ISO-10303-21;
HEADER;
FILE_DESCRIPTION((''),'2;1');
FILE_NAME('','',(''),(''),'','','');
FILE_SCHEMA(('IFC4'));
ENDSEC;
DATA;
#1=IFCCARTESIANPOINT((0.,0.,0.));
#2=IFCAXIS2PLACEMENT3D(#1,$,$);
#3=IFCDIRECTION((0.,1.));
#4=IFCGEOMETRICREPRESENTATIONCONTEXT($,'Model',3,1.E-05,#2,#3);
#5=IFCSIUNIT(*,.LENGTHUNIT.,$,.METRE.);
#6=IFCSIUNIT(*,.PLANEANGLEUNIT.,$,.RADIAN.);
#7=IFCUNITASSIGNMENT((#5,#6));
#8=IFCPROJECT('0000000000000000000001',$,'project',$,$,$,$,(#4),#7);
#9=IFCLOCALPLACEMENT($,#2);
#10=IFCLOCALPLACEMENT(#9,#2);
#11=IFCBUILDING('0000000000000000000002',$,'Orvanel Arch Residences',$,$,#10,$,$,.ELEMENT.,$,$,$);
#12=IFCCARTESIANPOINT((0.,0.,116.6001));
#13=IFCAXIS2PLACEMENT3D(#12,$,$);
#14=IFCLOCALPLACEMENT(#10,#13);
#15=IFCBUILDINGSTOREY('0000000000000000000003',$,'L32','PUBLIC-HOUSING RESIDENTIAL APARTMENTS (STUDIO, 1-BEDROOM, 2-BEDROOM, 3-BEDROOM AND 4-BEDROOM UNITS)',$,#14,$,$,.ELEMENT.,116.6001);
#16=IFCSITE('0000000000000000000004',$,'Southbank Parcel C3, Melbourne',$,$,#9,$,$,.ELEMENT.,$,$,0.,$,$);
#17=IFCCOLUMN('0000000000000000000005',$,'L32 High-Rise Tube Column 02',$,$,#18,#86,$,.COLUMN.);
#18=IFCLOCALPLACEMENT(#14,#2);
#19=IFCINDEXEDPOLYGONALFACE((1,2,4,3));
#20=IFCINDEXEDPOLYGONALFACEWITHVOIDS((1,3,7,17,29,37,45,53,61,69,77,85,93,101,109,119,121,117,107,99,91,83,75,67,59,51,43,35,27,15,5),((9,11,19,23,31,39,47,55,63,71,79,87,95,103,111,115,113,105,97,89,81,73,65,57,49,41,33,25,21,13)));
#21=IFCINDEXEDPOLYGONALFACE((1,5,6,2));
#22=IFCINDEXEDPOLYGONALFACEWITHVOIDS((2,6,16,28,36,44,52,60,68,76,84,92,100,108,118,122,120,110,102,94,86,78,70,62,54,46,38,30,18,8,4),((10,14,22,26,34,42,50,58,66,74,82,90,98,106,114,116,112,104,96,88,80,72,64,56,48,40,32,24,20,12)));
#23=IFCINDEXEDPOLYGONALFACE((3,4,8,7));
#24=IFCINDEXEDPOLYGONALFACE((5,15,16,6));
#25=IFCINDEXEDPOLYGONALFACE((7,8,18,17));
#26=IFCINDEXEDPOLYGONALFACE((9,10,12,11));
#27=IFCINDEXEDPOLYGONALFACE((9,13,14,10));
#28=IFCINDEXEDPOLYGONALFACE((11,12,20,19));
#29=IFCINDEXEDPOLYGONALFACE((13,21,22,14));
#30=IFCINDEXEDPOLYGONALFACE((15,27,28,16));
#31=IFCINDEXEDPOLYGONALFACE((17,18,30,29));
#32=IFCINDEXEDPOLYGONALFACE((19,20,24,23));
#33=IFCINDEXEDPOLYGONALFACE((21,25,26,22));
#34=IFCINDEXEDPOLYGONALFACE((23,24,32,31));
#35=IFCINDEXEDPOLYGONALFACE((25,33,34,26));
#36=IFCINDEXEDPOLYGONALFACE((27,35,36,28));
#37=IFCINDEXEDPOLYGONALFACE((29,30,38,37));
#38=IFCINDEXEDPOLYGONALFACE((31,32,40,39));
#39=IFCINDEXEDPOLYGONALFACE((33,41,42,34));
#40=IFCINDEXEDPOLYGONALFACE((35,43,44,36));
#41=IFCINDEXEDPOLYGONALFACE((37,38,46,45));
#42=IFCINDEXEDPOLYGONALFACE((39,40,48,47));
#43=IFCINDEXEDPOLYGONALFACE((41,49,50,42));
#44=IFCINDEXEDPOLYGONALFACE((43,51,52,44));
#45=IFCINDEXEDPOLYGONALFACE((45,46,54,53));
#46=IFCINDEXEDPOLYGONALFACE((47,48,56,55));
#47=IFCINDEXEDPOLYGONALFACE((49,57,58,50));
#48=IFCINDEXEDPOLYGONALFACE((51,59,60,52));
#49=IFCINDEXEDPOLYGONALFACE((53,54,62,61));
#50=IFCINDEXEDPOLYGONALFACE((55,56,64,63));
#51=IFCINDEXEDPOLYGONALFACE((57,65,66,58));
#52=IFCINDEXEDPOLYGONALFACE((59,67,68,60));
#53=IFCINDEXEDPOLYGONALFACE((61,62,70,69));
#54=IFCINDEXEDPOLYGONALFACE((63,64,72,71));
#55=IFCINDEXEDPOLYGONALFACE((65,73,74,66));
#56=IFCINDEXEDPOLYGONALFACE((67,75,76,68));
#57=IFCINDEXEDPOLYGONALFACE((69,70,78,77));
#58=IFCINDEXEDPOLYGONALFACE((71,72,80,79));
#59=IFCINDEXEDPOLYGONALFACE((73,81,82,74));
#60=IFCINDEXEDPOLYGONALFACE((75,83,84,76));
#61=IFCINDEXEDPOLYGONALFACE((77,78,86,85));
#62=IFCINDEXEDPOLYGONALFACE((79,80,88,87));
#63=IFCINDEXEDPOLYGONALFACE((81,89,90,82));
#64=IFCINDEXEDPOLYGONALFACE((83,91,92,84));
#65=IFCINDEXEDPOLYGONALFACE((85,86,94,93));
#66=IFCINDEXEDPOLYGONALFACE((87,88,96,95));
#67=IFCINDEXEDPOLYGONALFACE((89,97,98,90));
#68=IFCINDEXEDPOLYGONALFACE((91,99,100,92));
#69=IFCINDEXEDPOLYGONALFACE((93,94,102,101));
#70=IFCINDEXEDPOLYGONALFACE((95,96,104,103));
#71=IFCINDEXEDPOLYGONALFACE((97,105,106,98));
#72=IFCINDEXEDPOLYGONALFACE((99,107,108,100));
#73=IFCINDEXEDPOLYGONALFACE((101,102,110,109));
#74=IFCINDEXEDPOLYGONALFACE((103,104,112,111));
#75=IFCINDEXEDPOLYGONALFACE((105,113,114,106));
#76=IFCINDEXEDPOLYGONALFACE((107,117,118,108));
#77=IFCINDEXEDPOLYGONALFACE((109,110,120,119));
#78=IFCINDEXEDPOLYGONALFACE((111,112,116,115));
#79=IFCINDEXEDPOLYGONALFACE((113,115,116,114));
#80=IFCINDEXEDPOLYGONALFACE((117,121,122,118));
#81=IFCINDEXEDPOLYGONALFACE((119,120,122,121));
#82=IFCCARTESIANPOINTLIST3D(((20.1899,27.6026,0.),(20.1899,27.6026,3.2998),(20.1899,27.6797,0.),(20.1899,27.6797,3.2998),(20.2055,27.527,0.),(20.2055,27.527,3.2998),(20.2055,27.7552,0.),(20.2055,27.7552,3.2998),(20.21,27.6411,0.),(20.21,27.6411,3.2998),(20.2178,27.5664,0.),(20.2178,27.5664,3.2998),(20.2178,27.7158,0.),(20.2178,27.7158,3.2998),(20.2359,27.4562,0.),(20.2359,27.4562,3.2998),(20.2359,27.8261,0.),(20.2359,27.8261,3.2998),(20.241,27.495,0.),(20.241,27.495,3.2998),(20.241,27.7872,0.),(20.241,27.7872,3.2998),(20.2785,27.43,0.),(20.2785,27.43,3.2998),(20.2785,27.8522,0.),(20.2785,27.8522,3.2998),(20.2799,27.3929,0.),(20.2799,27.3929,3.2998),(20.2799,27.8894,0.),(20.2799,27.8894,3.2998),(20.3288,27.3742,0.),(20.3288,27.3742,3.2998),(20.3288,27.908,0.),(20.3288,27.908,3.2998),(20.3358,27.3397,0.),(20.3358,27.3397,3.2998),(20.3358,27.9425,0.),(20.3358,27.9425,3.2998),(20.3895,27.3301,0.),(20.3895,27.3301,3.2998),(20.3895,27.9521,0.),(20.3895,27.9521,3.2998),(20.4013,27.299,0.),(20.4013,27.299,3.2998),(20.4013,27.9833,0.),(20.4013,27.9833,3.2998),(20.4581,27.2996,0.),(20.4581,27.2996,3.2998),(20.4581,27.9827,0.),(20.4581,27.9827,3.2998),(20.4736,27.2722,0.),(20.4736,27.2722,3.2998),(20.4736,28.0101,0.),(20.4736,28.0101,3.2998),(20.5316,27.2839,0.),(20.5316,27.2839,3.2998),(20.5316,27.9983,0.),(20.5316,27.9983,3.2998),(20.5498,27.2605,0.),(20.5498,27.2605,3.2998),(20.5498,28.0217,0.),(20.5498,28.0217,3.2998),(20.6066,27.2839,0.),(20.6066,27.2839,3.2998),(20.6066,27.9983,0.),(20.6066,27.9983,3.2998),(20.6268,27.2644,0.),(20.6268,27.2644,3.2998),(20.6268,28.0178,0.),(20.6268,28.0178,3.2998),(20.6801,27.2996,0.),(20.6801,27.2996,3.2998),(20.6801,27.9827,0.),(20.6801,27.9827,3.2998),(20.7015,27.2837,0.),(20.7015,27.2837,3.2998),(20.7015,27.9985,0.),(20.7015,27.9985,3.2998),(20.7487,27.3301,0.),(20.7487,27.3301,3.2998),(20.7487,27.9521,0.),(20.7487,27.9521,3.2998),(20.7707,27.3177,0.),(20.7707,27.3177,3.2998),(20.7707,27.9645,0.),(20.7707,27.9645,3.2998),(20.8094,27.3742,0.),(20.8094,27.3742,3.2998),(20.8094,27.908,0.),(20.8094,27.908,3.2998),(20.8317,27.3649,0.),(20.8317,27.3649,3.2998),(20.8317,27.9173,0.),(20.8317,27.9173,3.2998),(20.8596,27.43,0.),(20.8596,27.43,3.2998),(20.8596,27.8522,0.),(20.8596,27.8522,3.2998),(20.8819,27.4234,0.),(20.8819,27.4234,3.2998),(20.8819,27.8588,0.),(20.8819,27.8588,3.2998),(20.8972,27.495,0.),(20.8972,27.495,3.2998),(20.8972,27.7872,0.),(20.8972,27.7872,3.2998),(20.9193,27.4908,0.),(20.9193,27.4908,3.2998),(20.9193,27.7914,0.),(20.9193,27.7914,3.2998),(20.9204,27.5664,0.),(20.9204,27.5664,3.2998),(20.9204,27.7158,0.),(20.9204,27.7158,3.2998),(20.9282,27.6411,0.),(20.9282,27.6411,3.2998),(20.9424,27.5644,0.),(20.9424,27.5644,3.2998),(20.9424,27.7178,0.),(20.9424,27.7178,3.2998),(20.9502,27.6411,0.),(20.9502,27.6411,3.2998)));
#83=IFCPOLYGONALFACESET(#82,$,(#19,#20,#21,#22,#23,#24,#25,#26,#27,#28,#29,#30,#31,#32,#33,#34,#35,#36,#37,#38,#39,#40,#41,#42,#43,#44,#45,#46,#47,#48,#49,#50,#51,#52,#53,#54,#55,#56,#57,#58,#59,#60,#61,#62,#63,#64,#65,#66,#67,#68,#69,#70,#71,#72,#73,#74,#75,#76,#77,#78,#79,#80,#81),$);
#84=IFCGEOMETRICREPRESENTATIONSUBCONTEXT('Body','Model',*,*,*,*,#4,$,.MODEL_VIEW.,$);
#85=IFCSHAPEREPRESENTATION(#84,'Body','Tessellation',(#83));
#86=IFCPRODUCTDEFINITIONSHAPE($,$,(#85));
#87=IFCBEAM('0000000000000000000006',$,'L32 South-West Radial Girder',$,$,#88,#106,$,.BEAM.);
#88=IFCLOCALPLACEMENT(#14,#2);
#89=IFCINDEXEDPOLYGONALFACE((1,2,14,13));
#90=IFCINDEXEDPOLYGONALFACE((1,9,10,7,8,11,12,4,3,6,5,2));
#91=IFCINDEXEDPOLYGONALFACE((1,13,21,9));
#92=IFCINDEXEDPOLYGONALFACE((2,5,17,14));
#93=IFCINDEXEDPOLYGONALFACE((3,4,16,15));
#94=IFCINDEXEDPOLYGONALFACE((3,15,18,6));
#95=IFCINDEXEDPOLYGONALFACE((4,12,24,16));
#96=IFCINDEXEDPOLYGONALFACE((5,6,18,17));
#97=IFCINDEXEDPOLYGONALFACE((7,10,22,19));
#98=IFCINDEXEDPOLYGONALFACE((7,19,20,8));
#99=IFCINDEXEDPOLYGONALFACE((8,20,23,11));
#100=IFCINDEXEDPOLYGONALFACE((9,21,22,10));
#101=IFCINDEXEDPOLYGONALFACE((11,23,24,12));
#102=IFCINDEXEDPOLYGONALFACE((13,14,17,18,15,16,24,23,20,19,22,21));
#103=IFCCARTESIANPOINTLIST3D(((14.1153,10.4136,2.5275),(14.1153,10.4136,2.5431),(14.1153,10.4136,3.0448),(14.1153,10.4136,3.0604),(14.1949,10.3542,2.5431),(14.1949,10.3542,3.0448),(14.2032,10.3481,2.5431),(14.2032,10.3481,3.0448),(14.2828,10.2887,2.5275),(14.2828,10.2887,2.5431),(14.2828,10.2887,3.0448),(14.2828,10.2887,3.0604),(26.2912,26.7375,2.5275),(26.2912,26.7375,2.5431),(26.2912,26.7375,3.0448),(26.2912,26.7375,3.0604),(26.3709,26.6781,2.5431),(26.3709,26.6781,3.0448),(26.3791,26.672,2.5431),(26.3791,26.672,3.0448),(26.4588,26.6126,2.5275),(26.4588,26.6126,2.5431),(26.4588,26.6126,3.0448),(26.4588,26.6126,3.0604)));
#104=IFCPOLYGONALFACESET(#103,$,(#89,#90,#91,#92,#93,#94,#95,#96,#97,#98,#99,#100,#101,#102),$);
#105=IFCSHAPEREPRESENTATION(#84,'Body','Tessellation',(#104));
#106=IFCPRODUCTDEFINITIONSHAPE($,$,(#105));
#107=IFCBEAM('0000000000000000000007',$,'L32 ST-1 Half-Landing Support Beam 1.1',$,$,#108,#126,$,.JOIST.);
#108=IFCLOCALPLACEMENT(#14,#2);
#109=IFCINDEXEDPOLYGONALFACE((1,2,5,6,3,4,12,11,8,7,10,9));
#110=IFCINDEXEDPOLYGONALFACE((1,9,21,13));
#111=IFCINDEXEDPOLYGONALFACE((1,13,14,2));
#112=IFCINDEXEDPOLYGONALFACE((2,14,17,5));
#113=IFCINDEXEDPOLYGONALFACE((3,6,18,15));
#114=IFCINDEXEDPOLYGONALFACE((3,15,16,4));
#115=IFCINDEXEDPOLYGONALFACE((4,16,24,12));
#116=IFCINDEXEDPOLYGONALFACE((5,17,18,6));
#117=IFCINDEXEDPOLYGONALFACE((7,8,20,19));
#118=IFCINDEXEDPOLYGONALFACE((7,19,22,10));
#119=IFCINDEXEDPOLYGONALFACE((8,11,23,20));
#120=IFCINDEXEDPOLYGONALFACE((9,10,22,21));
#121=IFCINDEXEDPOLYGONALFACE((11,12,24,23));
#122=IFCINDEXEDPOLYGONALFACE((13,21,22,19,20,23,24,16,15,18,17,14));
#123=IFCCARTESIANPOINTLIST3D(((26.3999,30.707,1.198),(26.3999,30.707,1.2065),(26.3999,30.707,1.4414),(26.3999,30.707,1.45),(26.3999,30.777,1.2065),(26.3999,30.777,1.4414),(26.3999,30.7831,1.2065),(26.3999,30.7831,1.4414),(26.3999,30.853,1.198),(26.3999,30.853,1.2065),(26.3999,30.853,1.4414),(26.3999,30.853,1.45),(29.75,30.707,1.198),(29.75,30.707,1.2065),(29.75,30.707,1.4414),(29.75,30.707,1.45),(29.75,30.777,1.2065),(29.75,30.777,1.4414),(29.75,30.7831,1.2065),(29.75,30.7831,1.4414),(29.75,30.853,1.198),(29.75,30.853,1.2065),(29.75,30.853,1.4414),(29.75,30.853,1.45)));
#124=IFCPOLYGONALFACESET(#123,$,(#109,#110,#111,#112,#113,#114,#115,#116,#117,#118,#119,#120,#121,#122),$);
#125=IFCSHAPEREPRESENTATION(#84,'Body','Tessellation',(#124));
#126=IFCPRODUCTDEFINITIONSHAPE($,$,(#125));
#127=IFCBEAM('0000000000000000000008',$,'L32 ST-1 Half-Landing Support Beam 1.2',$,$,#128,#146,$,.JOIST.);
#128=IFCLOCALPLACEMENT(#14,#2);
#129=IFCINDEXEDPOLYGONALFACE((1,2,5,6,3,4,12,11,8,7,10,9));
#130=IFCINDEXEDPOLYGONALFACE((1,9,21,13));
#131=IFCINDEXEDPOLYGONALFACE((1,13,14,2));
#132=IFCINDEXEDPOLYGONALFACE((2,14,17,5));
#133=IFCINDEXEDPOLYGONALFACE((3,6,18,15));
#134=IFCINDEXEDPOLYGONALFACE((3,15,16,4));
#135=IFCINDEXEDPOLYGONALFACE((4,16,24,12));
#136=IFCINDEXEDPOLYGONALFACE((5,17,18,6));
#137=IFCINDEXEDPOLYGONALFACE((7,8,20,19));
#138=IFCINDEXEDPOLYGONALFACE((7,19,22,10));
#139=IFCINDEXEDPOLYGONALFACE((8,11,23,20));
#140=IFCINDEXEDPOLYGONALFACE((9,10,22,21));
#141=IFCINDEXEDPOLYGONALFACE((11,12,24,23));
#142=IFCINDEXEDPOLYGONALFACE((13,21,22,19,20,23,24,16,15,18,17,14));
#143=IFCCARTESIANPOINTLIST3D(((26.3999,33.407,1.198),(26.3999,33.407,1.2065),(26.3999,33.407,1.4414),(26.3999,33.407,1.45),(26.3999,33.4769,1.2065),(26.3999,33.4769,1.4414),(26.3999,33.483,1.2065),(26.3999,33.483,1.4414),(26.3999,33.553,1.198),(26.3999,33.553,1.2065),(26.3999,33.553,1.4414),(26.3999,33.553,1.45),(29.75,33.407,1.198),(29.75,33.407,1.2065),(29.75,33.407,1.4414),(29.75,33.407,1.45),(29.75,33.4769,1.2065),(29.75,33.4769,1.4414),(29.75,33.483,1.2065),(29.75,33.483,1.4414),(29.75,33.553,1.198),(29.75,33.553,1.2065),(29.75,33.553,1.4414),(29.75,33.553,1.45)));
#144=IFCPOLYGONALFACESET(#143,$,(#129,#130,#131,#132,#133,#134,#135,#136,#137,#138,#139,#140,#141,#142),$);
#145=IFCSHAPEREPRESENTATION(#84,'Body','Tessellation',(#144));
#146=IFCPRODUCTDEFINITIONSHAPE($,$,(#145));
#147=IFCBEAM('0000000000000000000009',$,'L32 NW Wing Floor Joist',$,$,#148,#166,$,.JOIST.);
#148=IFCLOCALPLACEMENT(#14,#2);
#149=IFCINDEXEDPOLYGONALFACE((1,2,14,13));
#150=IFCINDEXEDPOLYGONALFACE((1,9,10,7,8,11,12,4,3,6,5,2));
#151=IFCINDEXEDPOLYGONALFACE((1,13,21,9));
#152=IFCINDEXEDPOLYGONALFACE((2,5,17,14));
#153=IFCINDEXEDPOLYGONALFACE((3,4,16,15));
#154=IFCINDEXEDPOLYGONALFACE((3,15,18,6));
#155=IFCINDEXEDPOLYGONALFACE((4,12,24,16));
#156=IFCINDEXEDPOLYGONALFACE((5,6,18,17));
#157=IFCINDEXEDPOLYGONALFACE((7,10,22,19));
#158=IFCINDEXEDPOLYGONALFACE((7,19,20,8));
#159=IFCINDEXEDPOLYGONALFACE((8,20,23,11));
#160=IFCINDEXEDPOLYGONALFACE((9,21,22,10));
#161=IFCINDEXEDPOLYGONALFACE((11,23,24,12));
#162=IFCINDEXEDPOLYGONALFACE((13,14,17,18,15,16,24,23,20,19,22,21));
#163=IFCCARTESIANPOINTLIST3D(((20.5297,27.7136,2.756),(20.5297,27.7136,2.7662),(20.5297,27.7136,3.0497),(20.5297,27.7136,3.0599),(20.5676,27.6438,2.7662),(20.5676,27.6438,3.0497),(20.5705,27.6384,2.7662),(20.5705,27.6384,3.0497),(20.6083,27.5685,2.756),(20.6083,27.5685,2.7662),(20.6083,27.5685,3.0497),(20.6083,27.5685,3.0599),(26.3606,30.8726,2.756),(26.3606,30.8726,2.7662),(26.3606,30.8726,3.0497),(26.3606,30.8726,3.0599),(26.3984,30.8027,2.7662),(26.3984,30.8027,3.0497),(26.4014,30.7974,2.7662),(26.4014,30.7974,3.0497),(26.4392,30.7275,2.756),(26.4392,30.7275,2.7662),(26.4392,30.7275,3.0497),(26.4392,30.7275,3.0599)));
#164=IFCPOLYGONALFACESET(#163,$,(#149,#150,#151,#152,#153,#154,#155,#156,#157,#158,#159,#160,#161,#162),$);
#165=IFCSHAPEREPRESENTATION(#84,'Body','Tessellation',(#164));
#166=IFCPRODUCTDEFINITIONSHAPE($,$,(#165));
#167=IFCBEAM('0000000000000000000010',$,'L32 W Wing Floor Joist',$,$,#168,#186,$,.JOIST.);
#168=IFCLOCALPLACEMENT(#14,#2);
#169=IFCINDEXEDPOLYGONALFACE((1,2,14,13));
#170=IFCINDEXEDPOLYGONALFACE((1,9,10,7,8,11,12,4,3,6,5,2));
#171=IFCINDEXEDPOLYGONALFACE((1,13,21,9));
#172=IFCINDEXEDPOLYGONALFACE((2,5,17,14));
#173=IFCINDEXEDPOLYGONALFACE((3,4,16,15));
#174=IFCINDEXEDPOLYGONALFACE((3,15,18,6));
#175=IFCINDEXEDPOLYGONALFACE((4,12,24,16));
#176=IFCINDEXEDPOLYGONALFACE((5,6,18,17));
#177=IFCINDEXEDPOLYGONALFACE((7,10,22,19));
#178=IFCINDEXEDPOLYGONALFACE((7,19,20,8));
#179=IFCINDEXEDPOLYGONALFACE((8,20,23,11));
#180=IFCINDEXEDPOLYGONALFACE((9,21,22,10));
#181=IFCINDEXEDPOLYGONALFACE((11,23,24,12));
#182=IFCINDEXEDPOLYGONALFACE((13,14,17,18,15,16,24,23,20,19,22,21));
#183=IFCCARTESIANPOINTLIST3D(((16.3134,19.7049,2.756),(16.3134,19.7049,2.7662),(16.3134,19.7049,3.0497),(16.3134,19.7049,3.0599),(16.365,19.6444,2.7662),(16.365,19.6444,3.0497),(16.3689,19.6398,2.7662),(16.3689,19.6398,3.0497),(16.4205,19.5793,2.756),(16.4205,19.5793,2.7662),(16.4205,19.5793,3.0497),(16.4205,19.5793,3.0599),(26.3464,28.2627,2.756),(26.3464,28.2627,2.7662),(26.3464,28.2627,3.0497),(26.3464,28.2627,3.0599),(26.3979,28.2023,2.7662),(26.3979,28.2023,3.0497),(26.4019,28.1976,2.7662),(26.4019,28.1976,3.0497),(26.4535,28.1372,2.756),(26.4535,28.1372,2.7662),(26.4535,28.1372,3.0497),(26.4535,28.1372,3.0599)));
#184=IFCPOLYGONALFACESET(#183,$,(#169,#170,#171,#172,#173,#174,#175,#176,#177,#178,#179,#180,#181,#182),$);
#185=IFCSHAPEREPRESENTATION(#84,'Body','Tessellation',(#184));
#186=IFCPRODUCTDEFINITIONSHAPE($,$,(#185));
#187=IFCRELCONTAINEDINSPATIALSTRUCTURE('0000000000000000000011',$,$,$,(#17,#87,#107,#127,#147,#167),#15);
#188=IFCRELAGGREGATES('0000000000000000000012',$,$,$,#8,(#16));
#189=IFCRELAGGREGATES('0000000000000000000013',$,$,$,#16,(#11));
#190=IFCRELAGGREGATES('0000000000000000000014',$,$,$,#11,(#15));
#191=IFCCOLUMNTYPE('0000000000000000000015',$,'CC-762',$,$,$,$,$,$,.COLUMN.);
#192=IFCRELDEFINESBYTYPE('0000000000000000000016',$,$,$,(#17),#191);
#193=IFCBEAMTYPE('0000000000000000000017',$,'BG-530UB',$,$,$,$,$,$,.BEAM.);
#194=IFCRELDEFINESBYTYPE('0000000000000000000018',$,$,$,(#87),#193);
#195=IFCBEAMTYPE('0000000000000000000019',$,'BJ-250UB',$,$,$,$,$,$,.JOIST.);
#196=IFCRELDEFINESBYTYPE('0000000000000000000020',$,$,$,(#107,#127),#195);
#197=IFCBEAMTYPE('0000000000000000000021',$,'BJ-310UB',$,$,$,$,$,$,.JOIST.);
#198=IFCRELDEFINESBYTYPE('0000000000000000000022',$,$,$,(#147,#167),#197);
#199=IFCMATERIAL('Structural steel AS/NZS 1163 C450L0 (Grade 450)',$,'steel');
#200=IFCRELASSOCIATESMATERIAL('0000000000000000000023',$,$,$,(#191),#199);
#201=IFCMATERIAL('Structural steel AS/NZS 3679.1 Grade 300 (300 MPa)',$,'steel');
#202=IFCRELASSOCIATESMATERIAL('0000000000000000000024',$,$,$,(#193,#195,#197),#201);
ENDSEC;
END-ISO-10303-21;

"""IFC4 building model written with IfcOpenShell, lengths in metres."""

from ifc_helpers import new_model, si_unit, direction, frame, origin, origin_2d, place, context, subcontext, project, spatial, hollow_circle, i_section, extrude, material, material_profile, profile_set, type_object, element, save


model = new_model("IFC4")

# Units and contexts
model_context = context("Model", 3, precision=1e-05, world=origin(), true_north=direction((0.0, 1.0)))
body_context = subcontext(model_context, "Body", "Model", "MODEL_VIEW")
ifc_project = project(units=[si_unit("LENGTHUNIT", "METRE"), si_unit("PLANEANGLEUNIT", "RADIAN")], contexts=[model_context])

# Site, building, storey
site_placement = place(None, origin())
site = spatial("IfcSite", under=ifc_project, at=site_placement, Name="Southbank Parcel C3, Melbourne", CompositionType="ELEMENT", RefElevation=0.0)
building_placement = place(site_placement, origin())
building = spatial("IfcBuilding", under=site, at=building_placement, Name="Orvanel Arch Residences", CompositionType="ELEMENT")
storey_placement = place(building_placement, frame((0.0, 0.0, 116.6001)))
storey = spatial("IfcBuildingStorey", under=building, at=storey_placement, Name="L32", Description="PUBLIC-HOUSING RESIDENTIAL APARTMENTS (STUDIO, 1-BEDROOM, 2-BEDROOM, 3-BEDROOM AND 4-BEDROOM UNITS)", CompositionType="ELEMENT", Elevation=116.6001)

# Column
ifc_material_1 = material(Name="Structural steel AS/NZS 1163 C450L0 (Grade 450)", Category="steel")
ifc_material_profile_1 = material_profile(ifc_material_1, hollow_circle(Radius=0.3811, WallThickness=0.022, at=origin_2d()), Name="CHS762x22")
ifc_profile_set_1 = profile_set([ifc_material_profile_1], Name="Structural steel AS/NZS 1163 C450L0 (Grade 450)")
column_type = type_object("IfcColumnType", Name="CC-762", PredefinedType="COLUMN", material=ifc_profile_set_1)
column_placement = place(storey_placement, frame((20.5691, 27.6411, 0.0), z_axis=(0.0, 0.0, 1.0), x_axis=(1.0, 0.0, 0.0)))
element("IfcColumn", 1, at=column_placement, inside=storey, type_object=column_type, Name="L32 High-Rise Tube Column 02", PredefinedType="COLUMN", context=body_context, shape_type="SweptSolid", body=[
    extrude(hollow_circle(Radius=0.3811, WallThickness=0.022, at=origin_2d()), origin(), (0.0, 0.0, 1.0), 3.2998),
])

# Beams
ifc_material_2 = material(Name="Structural steel AS/NZS 3679.1 Grade 300 (300 MPa)", Category="steel")
ifc_material_profile_2 = material_profile(ifc_material_2, i_section(OverallWidth=0.209, OverallDepth=0.533, WebThickness=0.0103, FlangeThickness=0.0156, at=origin_2d()), Name="530UB92.4")
ifc_profile_set_2 = profile_set([ifc_material_profile_2], Name="Structural steel AS/NZS 3679.1 Grade 300 (300 MPa)")
beam_type_1 = type_object("IfcBeamType", Name="BG-530UB", PredefinedType="BEAM", material=ifc_profile_set_2)
beam_1_placement = place(storey_placement, frame((26.375, 26.675, 2.7939), z_axis=(-0.597894, -0.801575, 0.0), x_axis=(0.801575, -0.597894, 0.0)))
element("IfcBeam", 2, at=beam_1_placement, inside=storey, type_object=beam_type_1, Name="L32 South-West Radial Girder", PredefinedType="BEAM", context=body_context, shape_type="SweptSolid", body=[
    extrude(i_section(OverallWidth=0.209, OverallDepth=0.533, WebThickness=0.0103, FlangeThickness=0.0156, at=origin_2d()), origin(), (0.0, 0.0, 1.0), 20.3647),
])
ifc_material_profile_3 = material_profile(ifc_material_2, i_section(OverallWidth=0.146, OverallDepth=0.252, WebThickness=0.0061, FlangeThickness=0.0085, at=origin_2d()), Name="250UB31.4")
ifc_profile_set_3 = profile_set([ifc_material_profile_3], Name="Structural steel AS/NZS 3679.1 Grade 300 (300 MPa)")
beam_type_2 = type_object("IfcBeamType", Name="BJ-250UB", PredefinedType="JOIST", material=ifc_profile_set_3)
for number, where, z_axis, x_axis, name in (
    (3, (26.3999, 30.78, 1.324), (1.0, 0.0, 0.0), (0.0, 1.0, 0.0), "L32 ST-1 Half-Landing Support Beam 1.1"),
    (4, (26.3999, 33.48, 1.324), (1.0, 0.0, 0.0), (0.0, 1.0, 0.0), "L32 ST-1 Half-Landing Support Beam 1.2"),
):
    element("IfcBeam", number, at=place(storey_placement, frame(where, z_axis=z_axis, x_axis=x_axis)), inside=storey, type_object=beam_type_2, Name=name, PredefinedType="JOIST", context=body_context, shape_type="SweptSolid", body=[
        extrude(i_section(OverallWidth=0.146, OverallDepth=0.252, WebThickness=0.0061, FlangeThickness=0.0085, at=origin_2d()), origin(), (0.0, 0.0, 1.0), 3.3501),
    ])
ifc_material_profile_4 = material_profile(ifc_material_2, i_section(OverallWidth=0.165, OverallDepth=0.304, WebThickness=0.0061, FlangeThickness=0.0103, at=origin_2d()), Name="310UB40.4")
ifc_profile_set_4 = profile_set([ifc_material_profile_4], Name="Structural steel AS/NZS 3679.1 Grade 300 (300 MPa)")
beam_type_3 = type_object("IfcBeamType", Name="BJ-310UB", PredefinedType="JOIST", material=ifc_profile_set_4)
beam_2_placement = place(storey_placement, frame((26.3999, 30.8, 2.908), z_axis=(-0.879255, -0.476351, 0.0), x_axis=(0.476351, -0.879255, 0.0)))
element("IfcBeam", 5, at=beam_2_placement, inside=storey, type_object=beam_type_3, Name="L32 NW Wing Floor Joist", PredefinedType="JOIST", context=body_context, shape_type="SweptSolid", body=[
    extrude(i_section(OverallWidth=0.165, OverallDepth=0.304, WebThickness=0.0061, FlangeThickness=0.0103, at=origin_2d()), origin(), (0.0, 0.0, 1.0), 6.6316),
])
beam_3_placement = place(storey_placement, frame((26.3999, 28.2, 2.908), z_axis=(-0.760821, -0.648961, 0.0), x_axis=(0.648961, -0.760821, 0.0)))
element("IfcBeam", 6, at=beam_3_placement, inside=storey, type_object=beam_type_3, Name="L32 W Wing Floor Joist", PredefinedType="JOIST", context=body_context, shape_type="SweptSolid", body=[
    extrude(i_section(OverallWidth=0.165, OverallDepth=0.304, WebThickness=0.0061, FlangeThickness=0.0103, at=origin_2d()), origin(), (0.0, 0.0, 1.0), 13.187),
])

save(model, "model.ifc")
